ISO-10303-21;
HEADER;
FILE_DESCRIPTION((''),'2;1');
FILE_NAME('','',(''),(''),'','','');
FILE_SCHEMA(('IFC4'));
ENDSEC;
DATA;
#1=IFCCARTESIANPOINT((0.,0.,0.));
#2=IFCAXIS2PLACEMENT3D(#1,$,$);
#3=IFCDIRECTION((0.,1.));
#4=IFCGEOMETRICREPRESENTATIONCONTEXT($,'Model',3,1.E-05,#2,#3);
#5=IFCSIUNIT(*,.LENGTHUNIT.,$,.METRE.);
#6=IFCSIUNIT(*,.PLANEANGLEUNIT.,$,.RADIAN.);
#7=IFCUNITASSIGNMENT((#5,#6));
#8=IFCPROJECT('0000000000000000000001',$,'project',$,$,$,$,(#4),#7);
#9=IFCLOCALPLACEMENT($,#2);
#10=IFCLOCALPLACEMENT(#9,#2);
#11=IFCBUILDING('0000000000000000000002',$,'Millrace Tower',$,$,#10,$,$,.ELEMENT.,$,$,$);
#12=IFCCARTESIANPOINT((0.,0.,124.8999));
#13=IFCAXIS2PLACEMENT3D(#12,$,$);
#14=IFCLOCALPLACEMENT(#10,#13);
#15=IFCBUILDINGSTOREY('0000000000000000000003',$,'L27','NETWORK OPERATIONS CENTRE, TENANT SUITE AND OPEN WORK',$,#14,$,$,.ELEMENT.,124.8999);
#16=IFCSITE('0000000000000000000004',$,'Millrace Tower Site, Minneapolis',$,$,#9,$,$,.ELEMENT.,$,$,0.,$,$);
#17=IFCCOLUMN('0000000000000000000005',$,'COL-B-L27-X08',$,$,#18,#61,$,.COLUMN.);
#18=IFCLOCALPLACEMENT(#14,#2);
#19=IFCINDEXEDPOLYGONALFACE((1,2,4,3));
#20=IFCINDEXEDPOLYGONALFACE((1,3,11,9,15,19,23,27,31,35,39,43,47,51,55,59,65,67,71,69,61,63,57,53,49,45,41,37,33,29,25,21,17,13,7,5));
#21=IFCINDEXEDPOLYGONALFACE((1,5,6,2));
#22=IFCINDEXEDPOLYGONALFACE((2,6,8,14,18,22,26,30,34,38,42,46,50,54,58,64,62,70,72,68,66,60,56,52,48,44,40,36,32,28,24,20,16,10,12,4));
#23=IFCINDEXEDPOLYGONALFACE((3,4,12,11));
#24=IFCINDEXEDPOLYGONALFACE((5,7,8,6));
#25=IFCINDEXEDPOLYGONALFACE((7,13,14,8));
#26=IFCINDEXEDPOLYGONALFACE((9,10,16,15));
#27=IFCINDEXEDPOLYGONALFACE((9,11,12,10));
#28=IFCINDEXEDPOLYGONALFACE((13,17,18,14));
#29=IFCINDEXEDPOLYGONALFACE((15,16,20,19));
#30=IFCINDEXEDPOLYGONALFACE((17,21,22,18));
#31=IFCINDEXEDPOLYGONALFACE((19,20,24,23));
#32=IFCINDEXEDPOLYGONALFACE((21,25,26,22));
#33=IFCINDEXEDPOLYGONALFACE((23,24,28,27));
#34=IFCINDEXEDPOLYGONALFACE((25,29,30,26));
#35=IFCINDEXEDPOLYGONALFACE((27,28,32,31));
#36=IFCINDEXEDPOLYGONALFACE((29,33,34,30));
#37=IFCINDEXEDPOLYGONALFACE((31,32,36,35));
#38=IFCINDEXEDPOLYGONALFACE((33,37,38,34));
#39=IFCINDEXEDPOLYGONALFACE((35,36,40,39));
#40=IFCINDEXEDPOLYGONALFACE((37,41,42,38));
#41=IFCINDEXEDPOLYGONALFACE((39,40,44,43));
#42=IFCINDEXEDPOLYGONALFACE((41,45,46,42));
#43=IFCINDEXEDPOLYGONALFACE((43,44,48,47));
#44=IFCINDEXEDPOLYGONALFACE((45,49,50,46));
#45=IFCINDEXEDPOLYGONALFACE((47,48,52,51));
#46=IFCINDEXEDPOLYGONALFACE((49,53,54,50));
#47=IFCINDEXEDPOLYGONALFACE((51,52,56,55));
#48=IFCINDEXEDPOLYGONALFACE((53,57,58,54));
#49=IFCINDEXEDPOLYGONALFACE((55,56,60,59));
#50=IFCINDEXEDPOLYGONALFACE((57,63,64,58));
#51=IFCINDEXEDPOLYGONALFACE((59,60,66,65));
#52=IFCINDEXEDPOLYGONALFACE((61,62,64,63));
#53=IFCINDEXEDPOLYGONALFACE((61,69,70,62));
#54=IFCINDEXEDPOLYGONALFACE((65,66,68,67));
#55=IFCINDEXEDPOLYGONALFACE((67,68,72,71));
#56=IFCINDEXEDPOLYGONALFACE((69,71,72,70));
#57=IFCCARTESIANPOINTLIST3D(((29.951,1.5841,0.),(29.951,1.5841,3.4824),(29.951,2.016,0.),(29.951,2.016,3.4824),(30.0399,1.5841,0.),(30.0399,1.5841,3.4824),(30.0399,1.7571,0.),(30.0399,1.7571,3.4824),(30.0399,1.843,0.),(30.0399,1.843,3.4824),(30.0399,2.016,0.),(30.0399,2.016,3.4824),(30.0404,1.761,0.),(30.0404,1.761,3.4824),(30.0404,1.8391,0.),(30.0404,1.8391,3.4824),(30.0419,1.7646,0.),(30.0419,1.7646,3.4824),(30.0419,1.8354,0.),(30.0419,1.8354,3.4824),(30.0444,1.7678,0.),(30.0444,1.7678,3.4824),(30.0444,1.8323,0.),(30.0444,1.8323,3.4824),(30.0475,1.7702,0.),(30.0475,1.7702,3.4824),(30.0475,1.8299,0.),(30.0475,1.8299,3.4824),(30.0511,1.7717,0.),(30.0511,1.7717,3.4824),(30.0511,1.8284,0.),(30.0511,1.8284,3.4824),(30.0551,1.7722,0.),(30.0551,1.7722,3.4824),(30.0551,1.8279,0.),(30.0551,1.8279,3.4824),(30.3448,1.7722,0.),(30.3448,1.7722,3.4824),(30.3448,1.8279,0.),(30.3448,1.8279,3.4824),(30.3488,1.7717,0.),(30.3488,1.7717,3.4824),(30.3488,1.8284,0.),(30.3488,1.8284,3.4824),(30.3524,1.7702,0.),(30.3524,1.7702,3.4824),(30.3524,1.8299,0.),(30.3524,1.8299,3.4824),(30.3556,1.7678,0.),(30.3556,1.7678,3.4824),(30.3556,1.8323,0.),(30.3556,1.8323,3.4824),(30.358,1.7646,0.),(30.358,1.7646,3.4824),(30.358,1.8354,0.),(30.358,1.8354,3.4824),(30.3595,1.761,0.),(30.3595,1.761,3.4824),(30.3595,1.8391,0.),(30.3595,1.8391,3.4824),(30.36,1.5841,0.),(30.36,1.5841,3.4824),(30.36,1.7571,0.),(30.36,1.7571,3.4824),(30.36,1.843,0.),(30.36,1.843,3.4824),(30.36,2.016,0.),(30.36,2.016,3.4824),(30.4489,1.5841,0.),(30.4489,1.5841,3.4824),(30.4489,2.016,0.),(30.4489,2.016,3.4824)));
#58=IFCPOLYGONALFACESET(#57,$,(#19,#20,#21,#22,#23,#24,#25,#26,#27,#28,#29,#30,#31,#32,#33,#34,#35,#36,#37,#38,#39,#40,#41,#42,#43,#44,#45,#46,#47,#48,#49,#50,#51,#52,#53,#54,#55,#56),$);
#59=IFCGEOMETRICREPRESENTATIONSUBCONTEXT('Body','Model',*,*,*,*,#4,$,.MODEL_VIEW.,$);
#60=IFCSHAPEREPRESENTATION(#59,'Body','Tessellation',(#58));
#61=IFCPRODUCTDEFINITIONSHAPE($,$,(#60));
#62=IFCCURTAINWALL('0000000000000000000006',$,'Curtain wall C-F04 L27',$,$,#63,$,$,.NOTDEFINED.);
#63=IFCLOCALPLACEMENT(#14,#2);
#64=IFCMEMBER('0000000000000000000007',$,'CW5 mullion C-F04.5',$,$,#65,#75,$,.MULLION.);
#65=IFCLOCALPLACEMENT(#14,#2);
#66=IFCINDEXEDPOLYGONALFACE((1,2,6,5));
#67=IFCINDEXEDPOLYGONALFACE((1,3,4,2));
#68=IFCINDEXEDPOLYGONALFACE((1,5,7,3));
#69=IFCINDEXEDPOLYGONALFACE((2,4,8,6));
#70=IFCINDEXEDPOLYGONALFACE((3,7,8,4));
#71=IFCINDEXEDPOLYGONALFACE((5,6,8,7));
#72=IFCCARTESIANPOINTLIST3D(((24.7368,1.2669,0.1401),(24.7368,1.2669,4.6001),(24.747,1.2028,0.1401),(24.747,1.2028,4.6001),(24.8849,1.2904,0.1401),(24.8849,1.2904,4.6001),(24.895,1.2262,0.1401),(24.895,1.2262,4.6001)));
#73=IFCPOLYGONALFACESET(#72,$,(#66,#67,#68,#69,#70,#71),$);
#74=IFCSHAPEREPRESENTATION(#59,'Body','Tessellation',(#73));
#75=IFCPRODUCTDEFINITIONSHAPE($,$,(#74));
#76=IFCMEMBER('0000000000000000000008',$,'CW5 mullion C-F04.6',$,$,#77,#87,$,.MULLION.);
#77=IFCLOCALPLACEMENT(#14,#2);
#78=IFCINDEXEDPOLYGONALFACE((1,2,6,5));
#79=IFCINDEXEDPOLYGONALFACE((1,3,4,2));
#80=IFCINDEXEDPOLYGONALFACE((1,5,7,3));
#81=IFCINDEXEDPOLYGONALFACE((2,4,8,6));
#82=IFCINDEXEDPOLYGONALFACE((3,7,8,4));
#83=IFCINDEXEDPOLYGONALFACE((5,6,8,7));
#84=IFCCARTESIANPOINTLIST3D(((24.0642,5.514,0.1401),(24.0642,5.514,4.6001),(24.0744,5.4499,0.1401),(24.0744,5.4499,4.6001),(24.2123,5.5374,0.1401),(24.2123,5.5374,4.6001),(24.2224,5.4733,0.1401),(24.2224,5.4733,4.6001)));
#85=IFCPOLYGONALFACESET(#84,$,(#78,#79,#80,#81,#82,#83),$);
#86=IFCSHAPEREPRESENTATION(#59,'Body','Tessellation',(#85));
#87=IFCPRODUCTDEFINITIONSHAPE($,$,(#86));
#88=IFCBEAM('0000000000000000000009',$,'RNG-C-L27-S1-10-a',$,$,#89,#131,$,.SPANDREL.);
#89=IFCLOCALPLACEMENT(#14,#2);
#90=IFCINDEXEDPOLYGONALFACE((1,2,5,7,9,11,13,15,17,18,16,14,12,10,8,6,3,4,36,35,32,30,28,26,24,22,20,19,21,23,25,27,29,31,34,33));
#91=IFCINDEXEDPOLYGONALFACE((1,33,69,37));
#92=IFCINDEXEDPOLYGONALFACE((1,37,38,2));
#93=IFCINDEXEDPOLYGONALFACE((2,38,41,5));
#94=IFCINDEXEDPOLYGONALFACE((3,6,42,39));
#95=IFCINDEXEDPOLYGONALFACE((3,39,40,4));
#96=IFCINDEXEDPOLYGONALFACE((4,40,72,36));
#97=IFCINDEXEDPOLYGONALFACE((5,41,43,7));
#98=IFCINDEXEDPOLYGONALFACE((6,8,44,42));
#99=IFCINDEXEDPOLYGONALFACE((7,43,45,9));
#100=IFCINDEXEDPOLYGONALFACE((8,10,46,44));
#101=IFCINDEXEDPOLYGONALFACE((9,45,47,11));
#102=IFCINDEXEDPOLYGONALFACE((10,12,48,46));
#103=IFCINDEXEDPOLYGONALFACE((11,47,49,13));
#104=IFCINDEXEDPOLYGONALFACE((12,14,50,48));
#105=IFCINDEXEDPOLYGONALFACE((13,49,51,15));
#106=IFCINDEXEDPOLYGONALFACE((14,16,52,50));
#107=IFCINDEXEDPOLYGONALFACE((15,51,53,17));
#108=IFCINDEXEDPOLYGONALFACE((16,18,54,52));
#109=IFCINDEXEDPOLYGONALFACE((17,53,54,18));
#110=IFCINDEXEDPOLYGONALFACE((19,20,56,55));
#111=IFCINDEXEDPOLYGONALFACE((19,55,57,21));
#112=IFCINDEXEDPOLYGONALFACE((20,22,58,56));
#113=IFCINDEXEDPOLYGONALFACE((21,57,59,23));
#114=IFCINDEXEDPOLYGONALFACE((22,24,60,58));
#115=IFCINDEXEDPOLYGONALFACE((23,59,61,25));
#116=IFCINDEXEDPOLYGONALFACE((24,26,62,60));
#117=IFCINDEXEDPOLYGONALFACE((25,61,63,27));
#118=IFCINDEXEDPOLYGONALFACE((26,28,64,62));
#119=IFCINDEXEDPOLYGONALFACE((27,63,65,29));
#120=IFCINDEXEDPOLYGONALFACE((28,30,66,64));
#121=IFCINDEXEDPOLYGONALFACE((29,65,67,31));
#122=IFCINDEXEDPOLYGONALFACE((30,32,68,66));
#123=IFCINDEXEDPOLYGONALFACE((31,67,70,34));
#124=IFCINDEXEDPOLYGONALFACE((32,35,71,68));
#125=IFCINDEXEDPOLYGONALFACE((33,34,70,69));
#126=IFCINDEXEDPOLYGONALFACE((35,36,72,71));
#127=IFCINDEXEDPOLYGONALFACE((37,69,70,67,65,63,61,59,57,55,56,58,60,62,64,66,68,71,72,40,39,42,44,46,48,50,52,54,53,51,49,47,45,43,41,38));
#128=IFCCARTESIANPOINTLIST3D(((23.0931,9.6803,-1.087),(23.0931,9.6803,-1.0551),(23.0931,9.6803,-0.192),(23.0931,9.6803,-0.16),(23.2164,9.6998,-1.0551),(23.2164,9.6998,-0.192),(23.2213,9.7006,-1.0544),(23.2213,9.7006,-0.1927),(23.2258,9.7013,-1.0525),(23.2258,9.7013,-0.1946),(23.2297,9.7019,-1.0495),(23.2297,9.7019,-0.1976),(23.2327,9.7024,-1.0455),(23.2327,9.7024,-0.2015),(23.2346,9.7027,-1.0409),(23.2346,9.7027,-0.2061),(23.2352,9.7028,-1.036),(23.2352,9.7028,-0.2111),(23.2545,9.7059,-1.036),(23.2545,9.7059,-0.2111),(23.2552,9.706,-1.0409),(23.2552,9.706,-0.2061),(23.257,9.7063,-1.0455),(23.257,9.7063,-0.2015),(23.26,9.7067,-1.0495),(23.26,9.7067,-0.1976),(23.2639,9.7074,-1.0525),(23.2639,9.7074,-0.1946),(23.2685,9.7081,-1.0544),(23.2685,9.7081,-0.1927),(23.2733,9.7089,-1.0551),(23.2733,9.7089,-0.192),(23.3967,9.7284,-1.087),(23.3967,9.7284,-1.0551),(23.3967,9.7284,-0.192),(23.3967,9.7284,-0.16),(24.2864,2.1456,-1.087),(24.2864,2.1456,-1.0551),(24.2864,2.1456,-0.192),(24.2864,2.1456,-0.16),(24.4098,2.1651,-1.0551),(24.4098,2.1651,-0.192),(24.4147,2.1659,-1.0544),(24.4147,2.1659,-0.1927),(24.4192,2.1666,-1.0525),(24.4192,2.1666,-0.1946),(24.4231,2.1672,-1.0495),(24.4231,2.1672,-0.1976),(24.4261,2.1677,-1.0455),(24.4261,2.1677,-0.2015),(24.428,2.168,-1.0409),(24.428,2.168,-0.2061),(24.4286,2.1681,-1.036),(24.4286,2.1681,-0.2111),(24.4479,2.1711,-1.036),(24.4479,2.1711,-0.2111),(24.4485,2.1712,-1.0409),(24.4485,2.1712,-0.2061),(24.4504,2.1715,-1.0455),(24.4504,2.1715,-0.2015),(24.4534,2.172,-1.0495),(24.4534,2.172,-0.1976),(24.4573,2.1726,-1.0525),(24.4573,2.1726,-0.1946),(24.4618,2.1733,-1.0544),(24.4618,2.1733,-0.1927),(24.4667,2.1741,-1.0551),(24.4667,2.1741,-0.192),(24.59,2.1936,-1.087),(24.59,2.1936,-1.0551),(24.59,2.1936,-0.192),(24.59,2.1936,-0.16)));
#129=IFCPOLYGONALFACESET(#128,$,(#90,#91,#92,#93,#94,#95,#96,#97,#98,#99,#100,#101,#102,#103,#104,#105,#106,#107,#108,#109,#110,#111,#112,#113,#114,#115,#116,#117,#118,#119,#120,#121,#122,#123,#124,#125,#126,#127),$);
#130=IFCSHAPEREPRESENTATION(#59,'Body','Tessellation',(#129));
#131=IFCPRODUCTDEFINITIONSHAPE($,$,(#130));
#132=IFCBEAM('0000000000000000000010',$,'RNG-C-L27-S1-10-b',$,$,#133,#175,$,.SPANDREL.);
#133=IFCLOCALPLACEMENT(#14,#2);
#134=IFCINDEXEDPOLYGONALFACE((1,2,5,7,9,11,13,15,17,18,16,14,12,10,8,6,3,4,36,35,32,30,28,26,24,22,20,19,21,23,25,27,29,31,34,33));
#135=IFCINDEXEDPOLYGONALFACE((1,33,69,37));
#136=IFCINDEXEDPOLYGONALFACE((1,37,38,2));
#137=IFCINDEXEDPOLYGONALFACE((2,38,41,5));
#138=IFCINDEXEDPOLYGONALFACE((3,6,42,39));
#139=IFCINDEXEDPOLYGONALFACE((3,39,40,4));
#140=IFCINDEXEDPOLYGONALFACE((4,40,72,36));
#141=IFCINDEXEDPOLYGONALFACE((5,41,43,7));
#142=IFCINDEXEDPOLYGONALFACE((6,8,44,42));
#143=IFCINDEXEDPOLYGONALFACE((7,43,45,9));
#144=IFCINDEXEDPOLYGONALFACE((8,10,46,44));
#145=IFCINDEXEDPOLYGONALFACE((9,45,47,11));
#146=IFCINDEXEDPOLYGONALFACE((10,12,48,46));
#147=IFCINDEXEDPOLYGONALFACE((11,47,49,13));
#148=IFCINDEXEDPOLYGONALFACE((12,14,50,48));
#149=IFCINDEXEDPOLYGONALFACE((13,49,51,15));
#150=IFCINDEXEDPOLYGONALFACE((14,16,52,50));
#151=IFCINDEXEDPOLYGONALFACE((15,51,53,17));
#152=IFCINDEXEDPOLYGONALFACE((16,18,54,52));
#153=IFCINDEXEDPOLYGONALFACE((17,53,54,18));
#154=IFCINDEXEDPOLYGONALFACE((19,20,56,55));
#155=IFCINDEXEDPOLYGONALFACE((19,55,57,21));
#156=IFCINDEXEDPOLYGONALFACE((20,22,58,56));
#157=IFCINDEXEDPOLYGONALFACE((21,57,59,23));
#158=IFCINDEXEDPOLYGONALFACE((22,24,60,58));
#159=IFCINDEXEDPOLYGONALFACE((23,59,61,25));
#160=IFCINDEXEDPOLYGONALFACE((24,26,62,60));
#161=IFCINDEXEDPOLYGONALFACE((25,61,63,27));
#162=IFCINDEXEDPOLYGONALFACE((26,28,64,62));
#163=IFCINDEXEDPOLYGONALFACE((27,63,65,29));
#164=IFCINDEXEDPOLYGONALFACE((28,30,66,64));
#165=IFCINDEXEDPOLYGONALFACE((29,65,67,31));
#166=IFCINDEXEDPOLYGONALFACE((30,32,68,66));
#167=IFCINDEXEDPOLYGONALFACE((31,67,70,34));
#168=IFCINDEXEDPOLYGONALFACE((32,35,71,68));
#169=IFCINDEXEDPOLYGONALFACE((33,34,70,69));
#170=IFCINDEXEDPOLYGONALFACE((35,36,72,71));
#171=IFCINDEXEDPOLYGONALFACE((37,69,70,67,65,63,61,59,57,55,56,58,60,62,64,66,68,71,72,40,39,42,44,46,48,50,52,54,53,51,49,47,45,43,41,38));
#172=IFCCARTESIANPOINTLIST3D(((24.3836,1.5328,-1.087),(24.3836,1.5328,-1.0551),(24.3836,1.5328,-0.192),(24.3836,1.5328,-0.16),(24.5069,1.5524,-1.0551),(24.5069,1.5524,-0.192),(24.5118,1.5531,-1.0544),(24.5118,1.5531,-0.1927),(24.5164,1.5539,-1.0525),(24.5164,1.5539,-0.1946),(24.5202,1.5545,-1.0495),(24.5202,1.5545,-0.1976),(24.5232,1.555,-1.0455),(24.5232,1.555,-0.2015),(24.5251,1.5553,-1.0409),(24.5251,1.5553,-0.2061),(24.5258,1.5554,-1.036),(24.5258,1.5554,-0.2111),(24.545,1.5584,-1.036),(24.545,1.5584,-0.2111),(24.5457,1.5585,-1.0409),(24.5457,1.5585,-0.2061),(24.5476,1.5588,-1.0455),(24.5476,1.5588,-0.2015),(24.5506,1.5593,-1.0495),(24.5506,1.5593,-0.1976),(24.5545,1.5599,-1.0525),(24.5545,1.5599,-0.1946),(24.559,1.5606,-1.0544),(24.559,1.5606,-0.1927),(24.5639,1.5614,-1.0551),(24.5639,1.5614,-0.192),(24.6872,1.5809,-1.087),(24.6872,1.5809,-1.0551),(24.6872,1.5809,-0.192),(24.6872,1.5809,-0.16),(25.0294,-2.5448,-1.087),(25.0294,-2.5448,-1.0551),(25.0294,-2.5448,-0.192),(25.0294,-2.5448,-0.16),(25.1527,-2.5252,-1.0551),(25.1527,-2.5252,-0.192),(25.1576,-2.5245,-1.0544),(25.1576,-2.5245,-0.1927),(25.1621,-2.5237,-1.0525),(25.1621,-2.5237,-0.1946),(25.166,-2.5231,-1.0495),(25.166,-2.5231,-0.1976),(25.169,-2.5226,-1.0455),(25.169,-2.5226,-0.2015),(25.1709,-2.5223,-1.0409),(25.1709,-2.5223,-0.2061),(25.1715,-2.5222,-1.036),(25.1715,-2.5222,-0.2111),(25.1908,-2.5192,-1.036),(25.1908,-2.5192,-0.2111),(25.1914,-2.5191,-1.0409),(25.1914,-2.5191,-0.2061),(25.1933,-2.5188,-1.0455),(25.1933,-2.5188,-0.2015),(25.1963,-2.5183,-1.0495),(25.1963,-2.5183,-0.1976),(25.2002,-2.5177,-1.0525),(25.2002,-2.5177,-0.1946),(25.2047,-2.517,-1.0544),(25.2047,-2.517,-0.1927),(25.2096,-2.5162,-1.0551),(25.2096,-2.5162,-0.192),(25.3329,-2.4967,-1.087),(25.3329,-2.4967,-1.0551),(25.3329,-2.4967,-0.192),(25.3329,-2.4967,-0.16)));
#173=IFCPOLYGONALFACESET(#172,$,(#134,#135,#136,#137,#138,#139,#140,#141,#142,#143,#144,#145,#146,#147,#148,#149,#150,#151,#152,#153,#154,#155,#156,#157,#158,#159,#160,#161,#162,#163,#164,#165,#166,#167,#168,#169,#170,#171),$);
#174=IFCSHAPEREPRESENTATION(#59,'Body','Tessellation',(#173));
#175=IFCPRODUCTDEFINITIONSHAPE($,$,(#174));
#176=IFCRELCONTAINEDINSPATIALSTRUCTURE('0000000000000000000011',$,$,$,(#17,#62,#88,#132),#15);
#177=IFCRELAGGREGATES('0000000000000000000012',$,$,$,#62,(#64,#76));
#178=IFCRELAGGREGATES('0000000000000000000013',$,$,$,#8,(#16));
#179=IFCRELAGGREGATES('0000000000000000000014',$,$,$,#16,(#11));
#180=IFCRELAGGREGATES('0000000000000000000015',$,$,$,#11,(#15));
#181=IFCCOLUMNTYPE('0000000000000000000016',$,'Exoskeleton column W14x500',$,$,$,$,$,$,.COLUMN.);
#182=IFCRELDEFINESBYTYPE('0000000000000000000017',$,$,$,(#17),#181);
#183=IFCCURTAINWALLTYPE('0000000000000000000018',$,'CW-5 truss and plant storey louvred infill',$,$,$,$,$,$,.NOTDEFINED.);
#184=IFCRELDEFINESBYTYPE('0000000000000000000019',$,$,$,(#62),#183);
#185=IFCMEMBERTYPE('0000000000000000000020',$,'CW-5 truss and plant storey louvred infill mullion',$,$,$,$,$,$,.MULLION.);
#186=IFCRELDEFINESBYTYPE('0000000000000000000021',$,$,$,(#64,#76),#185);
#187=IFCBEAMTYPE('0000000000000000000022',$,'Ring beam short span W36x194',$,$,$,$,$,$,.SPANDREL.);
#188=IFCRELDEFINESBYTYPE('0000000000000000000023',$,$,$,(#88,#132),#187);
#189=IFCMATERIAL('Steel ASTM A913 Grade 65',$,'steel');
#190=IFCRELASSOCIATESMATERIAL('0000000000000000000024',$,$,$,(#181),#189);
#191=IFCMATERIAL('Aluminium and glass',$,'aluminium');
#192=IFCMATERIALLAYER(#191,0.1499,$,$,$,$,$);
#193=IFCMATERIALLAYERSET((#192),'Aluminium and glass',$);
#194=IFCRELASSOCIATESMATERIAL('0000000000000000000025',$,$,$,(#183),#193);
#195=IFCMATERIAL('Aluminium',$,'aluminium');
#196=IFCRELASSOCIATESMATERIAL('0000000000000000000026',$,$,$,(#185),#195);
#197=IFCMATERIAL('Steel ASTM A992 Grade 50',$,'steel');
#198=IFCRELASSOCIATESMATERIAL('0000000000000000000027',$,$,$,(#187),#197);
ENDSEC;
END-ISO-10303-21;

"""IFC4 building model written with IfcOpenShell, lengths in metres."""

from ifc_helpers import new_model, si_unit, direction, frame, origin, origin_2d, place, context, subcontext, project, spatial, rectangle, i_section, extrude, material, layer, layer_set, material_profile, profile_set, type_object, element, aggregate, save


model = new_model("IFC4")

# Units and contexts
model_context = context("Model", 3, precision=1e-05, world=origin(), true_north=direction((0.0, 1.0)))
body_context = subcontext(model_context, "Body", "Model", "MODEL_VIEW")
ifc_project = project(units=[si_unit("LENGTHUNIT", "METRE"), si_unit("PLANEANGLEUNIT", "RADIAN")], contexts=[model_context])

# Site, building, storey
site_placement = place(None, origin())
site = spatial("IfcSite", under=ifc_project, at=site_placement, Name="Millrace Tower Site, Minneapolis", CompositionType="ELEMENT", RefElevation=0.0)
building_placement = place(site_placement, origin())
building = spatial("IfcBuilding", under=site, at=building_placement, Name="Millrace Tower", CompositionType="ELEMENT")
storey_placement = place(building_placement, frame((0.0, 0.0, 124.8999)))
storey = spatial("IfcBuildingStorey", under=building, at=storey_placement, Name="L27", Description="NETWORK OPERATIONS CENTRE, TENANT SUITE AND OPEN WORK", CompositionType="ELEMENT", Elevation=124.8999)

# Column
ifc_material_1 = material(Name="Steel ASTM A913 Grade 65", Category="steel")
ifc_material_profile_1 = material_profile(ifc_material_1, i_section(OverallWidth=0.4319, OverallDepth=0.4978, WebThickness=0.0557, FlangeThickness=0.0889, FilletRadius=0.0151, at=origin_2d()))
ifc_profile_set_1 = profile_set([ifc_material_profile_1], Name="Steel ASTM A913 Grade 65")
column_type = type_object("IfcColumnType", Name="Exoskeleton column W14x500", PredefinedType="COLUMN", material=ifc_profile_set_1)
column_placement = place(storey_placement, frame((30.2, 1.8, 0.0), z_axis=(0.0, 0.0, 1.0), x_axis=(0.0, 1.0, 0.0)))
element("IfcColumn", 1, at=column_placement, inside=storey, type_object=column_type, Name="COL-B-L27-X08", PredefinedType="COLUMN", context=body_context, shape_type="SweptSolid", body=[
    extrude(i_section(OverallWidth=0.4319, OverallDepth=0.4978, WebThickness=0.0557, FlangeThickness=0.0889, FilletRadius=0.0151, at=origin_2d()), origin(), (0.0, 0.0, 1.0), 3.4824),
])

# Curtain wall, members
ifc_material_2 = material(Name="Aluminium and glass", Category="aluminium")
ifc_layer_1 = layer(ifc_material_2, 0.1499)
ifc_layer_set_1 = layer_set([ifc_layer_1], Name="Aluminium and glass")
curtain_wall_type = type_object("IfcCurtainWallType", Name="CW-5 truss and plant storey louvred infill", PredefinedType="NOTDEFINED", material=ifc_layer_set_1)
curtain_wall_placement = place(storey_placement, origin())
curtain_wall = element("IfcCurtainWall", 2, at=curtain_wall_placement, inside=storey, type_object=curtain_wall_type, Name="Curtain wall C-F04 L27", PredefinedType="NOTDEFINED")
ifc_material_3 = material(Name="Aluminium", Category="aluminium")
ifc_material_profile_2 = material_profile(ifc_material_3, rectangle(XDim=0.0649, YDim=0.1499, at=origin_2d()))
ifc_profile_set_2 = profile_set([ifc_material_profile_2], Name="Aluminium")
member_type_1 = type_object("IfcMemberType", Name="CW-5 truss and plant storey louvred infill mullion", PredefinedType="MULLION", material=ifc_profile_set_2)
member_1_placement = place(storey_placement, frame((24.8159, 1.2466, 0.1401), z_axis=(0.0, 0.0, 1.0), x_axis=(-0.156434, 0.987688, 0.0)))
member_1 = element("IfcMember", 3, at=member_1_placement, type_object=member_type_1, Name="CW5 mullion C-F04.5", PredefinedType="MULLION", context=body_context, shape_type="SweptSolid", body=[
    extrude(rectangle(XDim=0.0649, YDim=0.1499, at=origin_2d()), origin(), (0.0, 0.0, 1.0), 4.46),
])
member_2_placement = place(storey_placement, frame((24.1433, 5.4937, 0.1401), z_axis=(0.0, 0.0, 1.0), x_axis=(-0.156434, 0.987688, 0.0)))
member_2 = element("IfcMember", 4, at=member_2_placement, type_object=member_type_1, Name="CW5 mullion C-F04.6", PredefinedType="MULLION", context=body_context, shape_type="SweptSolid", body=[
    extrude(rectangle(XDim=0.0649, YDim=0.1499, at=origin_2d()), origin(), (0.0, 0.0, 1.0), 4.46),
])
aggregate(curtain_wall, [member_1, member_2])

# Beams
ifc_material_4 = material(Name="Steel ASTM A992 Grade 50", Category="steel")
ifc_material_profile_3 = material_profile(ifc_material_4, i_section(OverallWidth=0.3074, OverallDepth=0.927, WebThickness=0.0195, FlangeThickness=0.032, FilletRadius=0.019, at=origin_2d()))
ifc_profile_set_3 = profile_set([ifc_material_profile_3], Name="Steel ASTM A992 Grade 50")
beam_type_1 = type_object("IfcBeamType", Name="Ring beam short span W36x194", PredefinedType="SPANDREL", material=ifc_profile_set_3)
beam_1_placement = place(storey_placement, frame((23.2449, 9.7043, -0.6235), z_axis=(0.156433, -0.987689, 0.0), x_axis=(0.987689, 0.156433, 0.0)))
element("IfcBeam", 5, at=beam_1_placement, inside=storey, type_object=beam_type_1, Name="RNG-C-L27-S1-10-a", PredefinedType="SPANDREL", context=body_context, shape_type="SweptSolid", body=[
    extrude(i_section(OverallWidth=0.3074, OverallDepth=0.927, WebThickness=0.0195, FlangeThickness=0.032, FilletRadius=0.019, at=origin_2d()), origin(), (0.0, 0.0, 1.0), 7.6287),
])
beam_2_placement = place(storey_placement, frame((24.5354, 1.5569, -0.6235), z_axis=(0.156415, -0.987691, 0.0), x_axis=(0.987691, 0.156415, 0.0)))
element("IfcBeam", 6, at=beam_2_placement, inside=storey, type_object=beam_type_1, Name="RNG-C-L27-S1-10-b", PredefinedType="SPANDREL", context=body_context, shape_type="SweptSolid", body=[
    extrude(i_section(OverallWidth=0.3074, OverallDepth=0.927, WebThickness=0.0195, FlangeThickness=0.032, FilletRadius=0.019, at=origin_2d()), origin(), (0.0, 0.0, 1.0), 4.1284),
])

save(model, "model.ifc")
